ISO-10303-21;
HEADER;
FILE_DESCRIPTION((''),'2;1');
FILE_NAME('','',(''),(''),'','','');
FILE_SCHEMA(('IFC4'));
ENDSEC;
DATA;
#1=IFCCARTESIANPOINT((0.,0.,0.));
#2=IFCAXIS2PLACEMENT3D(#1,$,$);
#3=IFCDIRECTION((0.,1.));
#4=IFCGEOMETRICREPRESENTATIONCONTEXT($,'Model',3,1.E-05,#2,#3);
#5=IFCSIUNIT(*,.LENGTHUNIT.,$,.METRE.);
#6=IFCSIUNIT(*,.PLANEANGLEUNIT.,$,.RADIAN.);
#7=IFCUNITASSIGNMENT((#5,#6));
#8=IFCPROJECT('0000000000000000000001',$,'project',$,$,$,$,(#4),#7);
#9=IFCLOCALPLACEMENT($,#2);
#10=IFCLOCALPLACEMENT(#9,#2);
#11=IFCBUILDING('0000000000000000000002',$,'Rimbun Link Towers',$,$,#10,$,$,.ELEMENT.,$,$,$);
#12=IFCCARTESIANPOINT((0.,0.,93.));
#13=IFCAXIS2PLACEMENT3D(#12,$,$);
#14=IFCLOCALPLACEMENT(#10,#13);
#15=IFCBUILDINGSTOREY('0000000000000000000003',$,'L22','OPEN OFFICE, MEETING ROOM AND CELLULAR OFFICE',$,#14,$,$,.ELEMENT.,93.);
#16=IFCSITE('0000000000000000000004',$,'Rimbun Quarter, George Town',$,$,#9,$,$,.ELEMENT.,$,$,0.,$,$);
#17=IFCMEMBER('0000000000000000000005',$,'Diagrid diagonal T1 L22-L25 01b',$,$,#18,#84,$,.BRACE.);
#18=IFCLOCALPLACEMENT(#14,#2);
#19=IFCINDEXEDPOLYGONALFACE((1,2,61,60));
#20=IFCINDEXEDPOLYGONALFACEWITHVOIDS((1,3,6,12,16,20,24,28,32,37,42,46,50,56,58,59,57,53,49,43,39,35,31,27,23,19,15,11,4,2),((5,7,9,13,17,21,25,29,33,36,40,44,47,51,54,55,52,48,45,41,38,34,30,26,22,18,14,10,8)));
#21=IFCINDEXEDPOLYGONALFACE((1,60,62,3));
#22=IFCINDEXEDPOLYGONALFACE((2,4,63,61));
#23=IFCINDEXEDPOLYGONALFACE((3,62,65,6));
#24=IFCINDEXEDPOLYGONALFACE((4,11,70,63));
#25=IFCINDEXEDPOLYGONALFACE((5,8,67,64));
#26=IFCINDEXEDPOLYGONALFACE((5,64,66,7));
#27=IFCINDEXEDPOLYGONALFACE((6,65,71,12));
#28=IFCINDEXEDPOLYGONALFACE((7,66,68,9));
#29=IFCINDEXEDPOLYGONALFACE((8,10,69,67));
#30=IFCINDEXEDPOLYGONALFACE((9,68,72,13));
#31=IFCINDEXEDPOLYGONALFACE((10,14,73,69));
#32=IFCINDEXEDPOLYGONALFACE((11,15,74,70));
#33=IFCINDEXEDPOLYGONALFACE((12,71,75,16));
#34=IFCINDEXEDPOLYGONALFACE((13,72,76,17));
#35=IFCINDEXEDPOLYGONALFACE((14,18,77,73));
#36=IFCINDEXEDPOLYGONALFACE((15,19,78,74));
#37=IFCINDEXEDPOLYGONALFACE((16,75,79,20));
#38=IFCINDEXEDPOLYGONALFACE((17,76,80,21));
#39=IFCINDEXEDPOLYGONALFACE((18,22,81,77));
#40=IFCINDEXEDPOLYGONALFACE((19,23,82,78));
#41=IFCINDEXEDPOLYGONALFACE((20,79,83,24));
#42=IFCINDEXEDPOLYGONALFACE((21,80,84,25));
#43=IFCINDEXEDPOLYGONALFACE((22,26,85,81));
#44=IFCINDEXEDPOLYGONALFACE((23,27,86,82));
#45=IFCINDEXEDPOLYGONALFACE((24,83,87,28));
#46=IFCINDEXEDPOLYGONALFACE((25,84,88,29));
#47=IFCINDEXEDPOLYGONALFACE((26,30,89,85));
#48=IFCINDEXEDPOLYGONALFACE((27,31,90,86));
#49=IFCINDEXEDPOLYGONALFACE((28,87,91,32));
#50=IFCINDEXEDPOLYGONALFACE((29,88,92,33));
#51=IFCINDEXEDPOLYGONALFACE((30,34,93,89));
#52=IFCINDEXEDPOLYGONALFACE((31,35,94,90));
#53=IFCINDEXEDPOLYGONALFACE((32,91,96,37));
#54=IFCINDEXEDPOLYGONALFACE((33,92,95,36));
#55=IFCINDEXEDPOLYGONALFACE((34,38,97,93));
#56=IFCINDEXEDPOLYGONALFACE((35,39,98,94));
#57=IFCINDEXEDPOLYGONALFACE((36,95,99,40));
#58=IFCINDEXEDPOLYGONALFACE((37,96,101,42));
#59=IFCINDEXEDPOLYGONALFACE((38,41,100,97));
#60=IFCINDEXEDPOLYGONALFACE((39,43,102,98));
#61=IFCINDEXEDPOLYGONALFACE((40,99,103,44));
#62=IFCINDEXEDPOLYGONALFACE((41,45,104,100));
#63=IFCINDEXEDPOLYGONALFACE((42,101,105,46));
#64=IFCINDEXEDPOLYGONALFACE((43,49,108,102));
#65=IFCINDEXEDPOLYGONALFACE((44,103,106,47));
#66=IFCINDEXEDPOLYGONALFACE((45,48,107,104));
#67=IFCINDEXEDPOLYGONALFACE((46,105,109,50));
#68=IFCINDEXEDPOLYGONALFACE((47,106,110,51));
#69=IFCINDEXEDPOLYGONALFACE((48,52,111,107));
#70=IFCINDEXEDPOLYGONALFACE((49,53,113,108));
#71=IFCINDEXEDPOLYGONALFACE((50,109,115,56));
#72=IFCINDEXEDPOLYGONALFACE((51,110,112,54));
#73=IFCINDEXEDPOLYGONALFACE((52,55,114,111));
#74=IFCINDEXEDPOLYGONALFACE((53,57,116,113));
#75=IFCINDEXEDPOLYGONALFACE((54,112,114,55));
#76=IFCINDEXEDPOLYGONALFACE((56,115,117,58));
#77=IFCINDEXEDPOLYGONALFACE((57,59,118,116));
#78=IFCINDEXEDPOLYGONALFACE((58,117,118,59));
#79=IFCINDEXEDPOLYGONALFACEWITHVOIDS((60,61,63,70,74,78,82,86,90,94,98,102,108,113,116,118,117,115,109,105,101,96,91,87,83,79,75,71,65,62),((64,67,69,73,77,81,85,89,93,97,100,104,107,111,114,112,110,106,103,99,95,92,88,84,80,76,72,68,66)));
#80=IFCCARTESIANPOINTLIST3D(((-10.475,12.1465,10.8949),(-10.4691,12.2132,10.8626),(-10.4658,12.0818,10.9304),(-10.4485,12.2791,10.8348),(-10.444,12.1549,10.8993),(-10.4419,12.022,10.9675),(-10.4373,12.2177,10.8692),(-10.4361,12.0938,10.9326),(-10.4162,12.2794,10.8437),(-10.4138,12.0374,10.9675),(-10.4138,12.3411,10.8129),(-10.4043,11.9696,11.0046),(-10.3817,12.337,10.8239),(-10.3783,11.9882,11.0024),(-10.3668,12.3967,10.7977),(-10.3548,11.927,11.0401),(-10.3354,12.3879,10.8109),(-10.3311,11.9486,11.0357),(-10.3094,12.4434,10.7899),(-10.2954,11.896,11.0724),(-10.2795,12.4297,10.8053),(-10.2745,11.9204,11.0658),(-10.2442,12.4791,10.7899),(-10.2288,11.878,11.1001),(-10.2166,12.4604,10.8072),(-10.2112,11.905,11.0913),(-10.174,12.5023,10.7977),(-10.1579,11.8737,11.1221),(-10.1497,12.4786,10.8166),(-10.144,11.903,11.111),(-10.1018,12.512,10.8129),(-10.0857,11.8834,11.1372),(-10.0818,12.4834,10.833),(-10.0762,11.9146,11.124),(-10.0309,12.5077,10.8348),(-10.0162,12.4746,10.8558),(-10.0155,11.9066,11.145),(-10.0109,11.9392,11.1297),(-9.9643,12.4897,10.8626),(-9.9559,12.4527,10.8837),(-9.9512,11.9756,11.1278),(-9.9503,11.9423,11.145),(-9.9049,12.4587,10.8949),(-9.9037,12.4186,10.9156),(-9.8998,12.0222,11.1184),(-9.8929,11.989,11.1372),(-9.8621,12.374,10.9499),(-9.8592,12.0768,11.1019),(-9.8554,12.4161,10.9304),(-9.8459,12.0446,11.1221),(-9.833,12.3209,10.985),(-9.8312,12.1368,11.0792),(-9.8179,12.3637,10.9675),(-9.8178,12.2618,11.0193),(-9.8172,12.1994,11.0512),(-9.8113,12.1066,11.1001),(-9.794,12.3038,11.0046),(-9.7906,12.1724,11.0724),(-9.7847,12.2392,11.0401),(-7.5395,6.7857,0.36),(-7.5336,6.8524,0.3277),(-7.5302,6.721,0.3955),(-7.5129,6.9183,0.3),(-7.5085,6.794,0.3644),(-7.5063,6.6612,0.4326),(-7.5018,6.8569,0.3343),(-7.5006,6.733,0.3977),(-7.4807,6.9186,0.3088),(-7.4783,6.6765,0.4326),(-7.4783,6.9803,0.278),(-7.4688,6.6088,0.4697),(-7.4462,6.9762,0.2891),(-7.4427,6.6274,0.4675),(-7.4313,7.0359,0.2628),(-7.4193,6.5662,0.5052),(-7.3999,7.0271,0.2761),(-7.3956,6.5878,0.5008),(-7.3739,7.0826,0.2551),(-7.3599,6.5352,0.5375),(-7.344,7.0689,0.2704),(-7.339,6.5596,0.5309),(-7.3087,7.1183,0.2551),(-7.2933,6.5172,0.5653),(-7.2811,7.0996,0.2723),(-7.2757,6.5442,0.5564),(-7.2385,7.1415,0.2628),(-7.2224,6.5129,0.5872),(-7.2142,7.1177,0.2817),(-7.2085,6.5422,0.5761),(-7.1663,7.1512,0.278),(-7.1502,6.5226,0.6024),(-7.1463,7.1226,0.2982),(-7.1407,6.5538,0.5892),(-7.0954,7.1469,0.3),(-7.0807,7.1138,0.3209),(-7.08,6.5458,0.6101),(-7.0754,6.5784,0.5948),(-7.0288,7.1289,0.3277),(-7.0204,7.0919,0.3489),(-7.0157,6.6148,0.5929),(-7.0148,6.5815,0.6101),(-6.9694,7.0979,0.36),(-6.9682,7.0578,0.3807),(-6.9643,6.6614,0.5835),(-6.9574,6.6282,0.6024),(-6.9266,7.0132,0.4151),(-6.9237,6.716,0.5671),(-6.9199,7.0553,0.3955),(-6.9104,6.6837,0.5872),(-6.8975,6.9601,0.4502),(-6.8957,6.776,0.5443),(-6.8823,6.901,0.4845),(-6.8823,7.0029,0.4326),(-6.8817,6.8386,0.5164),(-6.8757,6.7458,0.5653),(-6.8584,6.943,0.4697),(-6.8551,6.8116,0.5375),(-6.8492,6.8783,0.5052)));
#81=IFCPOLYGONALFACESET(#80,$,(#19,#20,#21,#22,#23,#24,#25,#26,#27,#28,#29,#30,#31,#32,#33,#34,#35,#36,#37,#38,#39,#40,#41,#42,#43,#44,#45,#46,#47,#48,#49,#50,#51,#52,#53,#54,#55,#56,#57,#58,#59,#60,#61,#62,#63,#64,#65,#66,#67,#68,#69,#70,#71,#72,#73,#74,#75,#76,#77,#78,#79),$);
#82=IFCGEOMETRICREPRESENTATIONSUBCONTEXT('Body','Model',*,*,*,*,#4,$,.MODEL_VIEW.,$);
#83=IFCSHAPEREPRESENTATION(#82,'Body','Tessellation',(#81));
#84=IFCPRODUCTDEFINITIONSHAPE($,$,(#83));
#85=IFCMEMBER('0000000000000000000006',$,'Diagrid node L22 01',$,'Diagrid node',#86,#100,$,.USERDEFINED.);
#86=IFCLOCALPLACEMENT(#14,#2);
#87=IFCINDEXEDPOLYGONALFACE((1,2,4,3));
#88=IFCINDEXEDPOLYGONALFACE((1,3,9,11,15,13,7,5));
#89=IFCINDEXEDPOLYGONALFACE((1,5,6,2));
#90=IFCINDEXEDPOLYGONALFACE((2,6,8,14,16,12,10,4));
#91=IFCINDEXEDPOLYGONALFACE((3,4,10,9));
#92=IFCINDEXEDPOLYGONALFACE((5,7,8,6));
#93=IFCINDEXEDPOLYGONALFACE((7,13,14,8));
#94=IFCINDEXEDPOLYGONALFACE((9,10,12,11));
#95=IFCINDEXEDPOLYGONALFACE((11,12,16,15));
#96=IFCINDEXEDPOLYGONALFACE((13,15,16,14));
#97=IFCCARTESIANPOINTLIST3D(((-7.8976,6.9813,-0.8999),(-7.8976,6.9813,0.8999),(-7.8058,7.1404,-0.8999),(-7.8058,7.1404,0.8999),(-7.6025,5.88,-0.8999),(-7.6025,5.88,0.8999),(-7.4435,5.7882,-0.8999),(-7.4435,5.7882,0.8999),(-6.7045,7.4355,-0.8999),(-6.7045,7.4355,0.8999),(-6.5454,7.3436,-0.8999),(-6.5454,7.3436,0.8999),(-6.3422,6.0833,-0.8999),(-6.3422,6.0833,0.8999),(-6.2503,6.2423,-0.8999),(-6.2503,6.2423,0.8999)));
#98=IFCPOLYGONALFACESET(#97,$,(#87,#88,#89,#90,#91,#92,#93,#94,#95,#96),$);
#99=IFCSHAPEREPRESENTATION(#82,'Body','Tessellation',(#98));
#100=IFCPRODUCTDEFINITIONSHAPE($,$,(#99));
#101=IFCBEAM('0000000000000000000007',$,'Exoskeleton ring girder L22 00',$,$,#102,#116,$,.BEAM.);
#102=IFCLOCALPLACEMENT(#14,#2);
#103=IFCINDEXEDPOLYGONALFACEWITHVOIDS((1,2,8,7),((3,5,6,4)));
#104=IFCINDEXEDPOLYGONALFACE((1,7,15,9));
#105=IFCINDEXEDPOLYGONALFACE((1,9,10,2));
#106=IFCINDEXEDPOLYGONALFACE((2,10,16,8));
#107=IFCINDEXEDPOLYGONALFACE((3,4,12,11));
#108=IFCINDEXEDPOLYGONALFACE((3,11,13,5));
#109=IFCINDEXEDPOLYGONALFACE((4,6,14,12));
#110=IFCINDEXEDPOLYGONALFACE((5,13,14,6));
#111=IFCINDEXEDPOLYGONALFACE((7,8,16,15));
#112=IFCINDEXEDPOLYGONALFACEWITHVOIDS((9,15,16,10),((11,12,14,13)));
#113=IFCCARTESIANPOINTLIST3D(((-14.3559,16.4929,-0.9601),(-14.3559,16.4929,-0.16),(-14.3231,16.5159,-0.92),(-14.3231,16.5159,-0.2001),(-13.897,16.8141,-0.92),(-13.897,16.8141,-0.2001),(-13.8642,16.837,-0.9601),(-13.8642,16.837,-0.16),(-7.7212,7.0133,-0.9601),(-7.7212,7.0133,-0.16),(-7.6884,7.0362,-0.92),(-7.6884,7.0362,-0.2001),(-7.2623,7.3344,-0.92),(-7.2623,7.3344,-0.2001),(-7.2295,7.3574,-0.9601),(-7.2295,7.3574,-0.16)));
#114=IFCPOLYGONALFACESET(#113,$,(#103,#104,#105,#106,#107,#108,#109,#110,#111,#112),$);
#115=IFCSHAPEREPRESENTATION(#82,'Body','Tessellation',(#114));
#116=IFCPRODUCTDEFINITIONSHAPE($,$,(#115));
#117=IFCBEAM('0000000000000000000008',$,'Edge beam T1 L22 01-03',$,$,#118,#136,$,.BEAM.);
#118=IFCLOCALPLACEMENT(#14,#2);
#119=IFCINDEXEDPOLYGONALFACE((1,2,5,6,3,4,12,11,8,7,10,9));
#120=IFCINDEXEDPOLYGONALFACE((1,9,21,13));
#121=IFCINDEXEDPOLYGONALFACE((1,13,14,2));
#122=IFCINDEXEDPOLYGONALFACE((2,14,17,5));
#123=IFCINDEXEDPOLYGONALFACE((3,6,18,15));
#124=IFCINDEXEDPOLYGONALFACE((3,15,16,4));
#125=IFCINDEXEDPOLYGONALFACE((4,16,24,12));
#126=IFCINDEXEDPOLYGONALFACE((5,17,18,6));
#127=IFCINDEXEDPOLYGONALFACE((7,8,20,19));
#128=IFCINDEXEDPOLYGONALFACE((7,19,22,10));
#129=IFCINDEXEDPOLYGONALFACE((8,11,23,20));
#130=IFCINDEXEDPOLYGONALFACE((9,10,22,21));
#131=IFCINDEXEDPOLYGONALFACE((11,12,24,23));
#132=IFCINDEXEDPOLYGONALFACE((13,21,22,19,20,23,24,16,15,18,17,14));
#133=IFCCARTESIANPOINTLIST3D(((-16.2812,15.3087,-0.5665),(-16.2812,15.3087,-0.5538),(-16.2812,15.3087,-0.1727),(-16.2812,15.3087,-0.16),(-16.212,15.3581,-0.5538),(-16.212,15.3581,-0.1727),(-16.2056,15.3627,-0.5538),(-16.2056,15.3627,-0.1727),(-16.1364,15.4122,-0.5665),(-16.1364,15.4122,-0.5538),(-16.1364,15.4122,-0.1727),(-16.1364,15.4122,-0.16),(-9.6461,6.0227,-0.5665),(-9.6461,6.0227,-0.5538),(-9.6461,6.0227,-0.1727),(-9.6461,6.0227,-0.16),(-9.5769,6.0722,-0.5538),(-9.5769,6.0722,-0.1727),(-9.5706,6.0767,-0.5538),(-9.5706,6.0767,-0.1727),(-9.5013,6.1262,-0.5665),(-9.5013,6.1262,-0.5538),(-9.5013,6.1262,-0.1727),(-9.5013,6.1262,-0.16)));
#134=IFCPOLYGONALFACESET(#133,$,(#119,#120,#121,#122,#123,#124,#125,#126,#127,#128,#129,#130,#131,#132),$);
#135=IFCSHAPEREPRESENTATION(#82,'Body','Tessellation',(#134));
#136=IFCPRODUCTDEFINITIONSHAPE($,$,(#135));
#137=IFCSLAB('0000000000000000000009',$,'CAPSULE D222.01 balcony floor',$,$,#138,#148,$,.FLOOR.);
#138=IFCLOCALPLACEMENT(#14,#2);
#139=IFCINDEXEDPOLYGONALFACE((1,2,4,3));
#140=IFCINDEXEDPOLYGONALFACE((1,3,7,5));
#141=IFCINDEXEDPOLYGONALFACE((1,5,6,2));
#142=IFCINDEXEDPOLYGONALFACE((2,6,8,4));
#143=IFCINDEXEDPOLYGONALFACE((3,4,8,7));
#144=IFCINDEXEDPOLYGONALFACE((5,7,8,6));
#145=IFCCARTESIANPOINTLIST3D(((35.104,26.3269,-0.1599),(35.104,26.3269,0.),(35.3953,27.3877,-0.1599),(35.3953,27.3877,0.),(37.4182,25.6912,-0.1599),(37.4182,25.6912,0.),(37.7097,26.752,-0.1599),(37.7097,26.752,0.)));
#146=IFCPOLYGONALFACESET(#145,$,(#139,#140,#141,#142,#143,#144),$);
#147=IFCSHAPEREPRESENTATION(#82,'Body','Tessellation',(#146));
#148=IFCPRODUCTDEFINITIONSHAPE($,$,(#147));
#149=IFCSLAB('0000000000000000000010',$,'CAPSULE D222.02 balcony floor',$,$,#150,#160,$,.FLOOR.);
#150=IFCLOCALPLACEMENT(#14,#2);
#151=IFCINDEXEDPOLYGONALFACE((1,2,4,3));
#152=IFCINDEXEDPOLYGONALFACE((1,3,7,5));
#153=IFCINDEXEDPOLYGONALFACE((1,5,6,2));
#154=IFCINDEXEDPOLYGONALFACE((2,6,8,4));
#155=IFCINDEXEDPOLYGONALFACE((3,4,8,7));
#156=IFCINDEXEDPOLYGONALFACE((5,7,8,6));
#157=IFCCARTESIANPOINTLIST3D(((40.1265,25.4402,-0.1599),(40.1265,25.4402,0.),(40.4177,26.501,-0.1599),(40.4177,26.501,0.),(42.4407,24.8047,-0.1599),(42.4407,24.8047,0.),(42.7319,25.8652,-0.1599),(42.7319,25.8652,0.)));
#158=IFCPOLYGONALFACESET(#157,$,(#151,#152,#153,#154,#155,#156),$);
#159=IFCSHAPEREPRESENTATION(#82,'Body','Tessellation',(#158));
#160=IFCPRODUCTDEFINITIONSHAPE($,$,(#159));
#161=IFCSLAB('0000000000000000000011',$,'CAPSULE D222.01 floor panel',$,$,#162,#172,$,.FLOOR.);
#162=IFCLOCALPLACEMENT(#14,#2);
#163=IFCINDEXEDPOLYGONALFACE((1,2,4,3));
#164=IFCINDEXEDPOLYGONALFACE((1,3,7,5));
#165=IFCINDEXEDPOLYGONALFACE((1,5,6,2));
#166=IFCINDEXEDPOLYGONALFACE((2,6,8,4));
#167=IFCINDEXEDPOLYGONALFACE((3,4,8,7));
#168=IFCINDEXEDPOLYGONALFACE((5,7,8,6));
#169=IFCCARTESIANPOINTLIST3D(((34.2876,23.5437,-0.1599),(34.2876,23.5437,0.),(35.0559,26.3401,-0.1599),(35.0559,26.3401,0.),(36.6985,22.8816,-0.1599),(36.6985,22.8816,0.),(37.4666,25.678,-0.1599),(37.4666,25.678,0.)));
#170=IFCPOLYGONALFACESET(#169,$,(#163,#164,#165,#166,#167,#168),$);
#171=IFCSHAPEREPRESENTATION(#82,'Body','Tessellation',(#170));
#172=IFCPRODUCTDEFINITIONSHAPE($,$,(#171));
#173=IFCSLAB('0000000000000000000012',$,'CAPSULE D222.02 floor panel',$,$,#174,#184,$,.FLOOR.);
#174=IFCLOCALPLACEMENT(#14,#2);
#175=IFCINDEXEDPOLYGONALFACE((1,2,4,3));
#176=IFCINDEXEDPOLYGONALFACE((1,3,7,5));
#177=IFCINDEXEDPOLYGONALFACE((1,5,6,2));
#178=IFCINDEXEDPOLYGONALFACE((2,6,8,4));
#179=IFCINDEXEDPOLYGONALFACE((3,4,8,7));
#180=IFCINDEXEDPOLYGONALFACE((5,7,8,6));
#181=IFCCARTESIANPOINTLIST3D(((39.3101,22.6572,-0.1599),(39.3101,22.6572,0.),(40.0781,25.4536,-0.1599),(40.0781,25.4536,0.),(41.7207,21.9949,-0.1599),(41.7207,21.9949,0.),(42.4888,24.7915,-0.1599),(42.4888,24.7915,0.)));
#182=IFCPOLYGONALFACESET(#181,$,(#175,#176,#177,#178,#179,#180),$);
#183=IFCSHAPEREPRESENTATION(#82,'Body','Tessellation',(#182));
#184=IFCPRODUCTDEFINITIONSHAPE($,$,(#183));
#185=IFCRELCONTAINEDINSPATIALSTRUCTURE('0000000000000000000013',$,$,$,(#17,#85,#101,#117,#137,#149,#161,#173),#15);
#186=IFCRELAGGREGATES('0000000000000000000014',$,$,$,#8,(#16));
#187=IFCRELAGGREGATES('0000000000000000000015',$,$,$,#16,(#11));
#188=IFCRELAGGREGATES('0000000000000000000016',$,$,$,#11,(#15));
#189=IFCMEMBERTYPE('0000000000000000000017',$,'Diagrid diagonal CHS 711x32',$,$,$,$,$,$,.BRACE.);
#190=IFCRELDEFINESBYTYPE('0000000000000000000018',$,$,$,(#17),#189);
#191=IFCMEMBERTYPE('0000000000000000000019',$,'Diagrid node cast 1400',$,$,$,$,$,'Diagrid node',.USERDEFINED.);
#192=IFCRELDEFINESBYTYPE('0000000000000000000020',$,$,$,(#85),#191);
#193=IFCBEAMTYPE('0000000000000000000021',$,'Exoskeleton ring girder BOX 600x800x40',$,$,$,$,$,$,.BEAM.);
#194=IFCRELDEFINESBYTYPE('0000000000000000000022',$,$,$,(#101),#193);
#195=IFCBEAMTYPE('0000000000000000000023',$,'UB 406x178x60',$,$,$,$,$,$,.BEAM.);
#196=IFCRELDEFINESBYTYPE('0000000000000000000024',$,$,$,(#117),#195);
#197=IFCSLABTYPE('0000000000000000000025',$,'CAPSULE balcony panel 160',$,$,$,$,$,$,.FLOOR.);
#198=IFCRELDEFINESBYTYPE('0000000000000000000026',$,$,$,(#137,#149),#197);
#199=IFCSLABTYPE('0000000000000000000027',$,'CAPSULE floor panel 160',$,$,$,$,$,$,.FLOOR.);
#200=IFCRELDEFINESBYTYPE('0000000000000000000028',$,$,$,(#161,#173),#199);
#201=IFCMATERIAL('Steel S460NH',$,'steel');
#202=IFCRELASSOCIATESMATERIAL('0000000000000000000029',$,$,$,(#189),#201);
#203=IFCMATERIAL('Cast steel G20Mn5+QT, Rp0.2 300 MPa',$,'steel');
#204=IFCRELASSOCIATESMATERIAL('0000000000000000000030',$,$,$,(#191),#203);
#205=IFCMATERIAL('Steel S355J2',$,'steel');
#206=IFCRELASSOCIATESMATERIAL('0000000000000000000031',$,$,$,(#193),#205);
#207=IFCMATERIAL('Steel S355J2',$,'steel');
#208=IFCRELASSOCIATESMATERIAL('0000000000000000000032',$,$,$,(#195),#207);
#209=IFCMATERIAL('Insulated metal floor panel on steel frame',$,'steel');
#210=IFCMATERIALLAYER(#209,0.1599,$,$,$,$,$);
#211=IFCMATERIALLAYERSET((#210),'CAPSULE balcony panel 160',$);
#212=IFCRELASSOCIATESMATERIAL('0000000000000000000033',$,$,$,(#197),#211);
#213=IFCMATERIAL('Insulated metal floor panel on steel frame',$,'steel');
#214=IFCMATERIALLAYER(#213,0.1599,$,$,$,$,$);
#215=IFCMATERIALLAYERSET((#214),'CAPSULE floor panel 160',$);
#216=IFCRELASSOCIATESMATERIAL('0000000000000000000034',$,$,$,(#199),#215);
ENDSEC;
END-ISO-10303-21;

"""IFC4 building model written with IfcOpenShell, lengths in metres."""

from ifc_helpers import new_model, si_unit, direction, frame, origin, origin_2d, place, context, subcontext, project, spatial, polyline, hollow_rectangle, hollow_circle, i_section, outline, extrude, material, layer, layer_set, material_profile, profile_set, type_object, element, save


model = new_model("IFC4")

# Units and contexts
model_context = context("Model", 3, precision=1e-05, world=origin(), true_north=direction((0.0, 1.0)))
body_context = subcontext(model_context, "Body", "Model", "MODEL_VIEW")
ifc_project = project(units=[si_unit("LENGTHUNIT", "METRE"), si_unit("PLANEANGLEUNIT", "RADIAN")], contexts=[model_context])

# Site, building, storey
site_placement = place(None, origin())
site = spatial("IfcSite", under=ifc_project, at=site_placement, Name="Rimbun Quarter, George Town", CompositionType="ELEMENT", RefElevation=0.0)
building_placement = place(site_placement, origin())
building = spatial("IfcBuilding", under=site, at=building_placement, Name="Rimbun Link Towers", CompositionType="ELEMENT")
storey_placement = place(building_placement, frame((0.0, 0.0, 93.0)))
storey = spatial("IfcBuildingStorey", under=building, at=storey_placement, Name="L22", Description="OPEN OFFICE, MEETING ROOM AND CELLULAR OFFICE", CompositionType="ELEMENT", Elevation=93.0)

# Members
ifc_material_1 = material(Name="Steel S460NH", Category="steel")
ifc_material_profile_1 = material_profile(ifc_material_1, hollow_circle(Radius=0.3557, WallThickness=0.032, at=origin_2d()), Name="Diagrid diagonal CHS 711x32")
ifc_profile_set_1 = profile_set([ifc_material_profile_1], Name="Steel S460NH")
member_type_1 = type_object("IfcMemberType", Name="Diagrid diagonal CHS 711x32", PredefinedType="BRACE", material=ifc_profile_set_1)
member_1_placement = place(storey_placement, frame((-7.1943, 6.832, 0.4326), z_axis=(-0.241023, 0.440152, 0.86497), x_axis=(-0.877107, -0.480296, 0.0)))
element("IfcMember", 1, at=member_1_placement, inside=storey, type_object=member_type_1, Name="Diagrid diagonal T1 L22-L25 01b", PredefinedType="BRACE", context=body_context, shape_type="SweptSolid", body=[
    extrude(hollow_circle(Radius=0.3557, WallThickness=0.032, at=origin_2d()), origin(), (0.0, 0.0, 1.0), 12.1794),
])
ifc_material_2 = material(Name="Cast steel G20Mn5+QT, Rp0.2 300 MPa", Category="steel")
ifc_material_profile_2 = material_profile(ifc_material_2, outline(polyline([(0.7, -0.5701), (0.7, 0.5701), (0.5701, 0.7), (-0.5701, 0.7), (-0.7, 0.5701), (-0.7, -0.5701), (-0.5701, -0.7), (0.5701, -0.7), (0.7, -0.5701)])), Name="NODE 1400x1400")
ifc_profile_set_2 = profile_set([ifc_material_profile_2], Name="Cast steel G20Mn5+QT, Rp0.2 300 MPa")
member_type_2 = type_object("IfcMemberType", Name="Diagrid node cast 1400", ElementType="Diagrid node", PredefinedType="USERDEFINED", material=ifc_profile_set_2)
member_2_placement = place(storey_placement, frame((-7.074, 6.6118, -0.8999), z_axis=(0.0, 0.0, 1.0), x_axis=(0.965926, 0.258819, 0.0)))
element("IfcMember", 2, at=member_2_placement, inside=storey, type_object=member_type_2, Name="Diagrid node L22 01", ObjectType="Diagrid node", PredefinedType="USERDEFINED", context=body_context, shape_type="SweptSolid", body=[
    extrude(outline(polyline([(0.7, -0.5701), (0.7, 0.5701), (0.5701, 0.7), (-0.5701, 0.7), (-0.7, 0.5701), (-0.7, -0.5701), (-0.5701, -0.7), (0.5701, -0.7), (0.7, -0.5701)])), origin(), (0.0, 0.0, 1.0), 1.7998),
])

# Beams
ifc_material_3 = material(Name="Steel S355J2", Category="steel")
ifc_material_profile_3 = material_profile(ifc_material_3, hollow_rectangle(XDim=0.6001, YDim=0.8, WallThickness=0.04, at=origin_2d()), Name="Exoskeleton ring girder BOX 600x800x40")
ifc_profile_set_3 = profile_set([ifc_material_profile_3], Name="Steel S355J2")
beam_type_1 = type_object("IfcBeamType", Name="Exoskeleton ring girder BOX 600x800x40", PredefinedType="BEAM", material=ifc_profile_set_3)
beam_1_placement = place(storey_placement, frame((-7.4753, 7.1853, -0.5601), z_axis=(-0.573401, 0.819275, 0.0), x_axis=(-0.819275, -0.573401, 0.0)))
element("IfcBeam", 3, at=beam_1_placement, inside=storey, type_object=beam_type_1, Name="Exoskeleton ring girder L22 00", PredefinedType="BEAM", context=body_context, shape_type="SweptSolid", body=[
    extrude(hollow_rectangle(XDim=0.6001, YDim=0.8, WallThickness=0.04, at=origin_2d()), origin(), (0.0, 0.0, 1.0), 11.5708),
])
ifc_material_4 = material(Name="Steel S355J2", Category="steel")
ifc_material_profile_4 = material_profile(ifc_material_4, i_section(OverallWidth=0.178, OverallDepth=0.4065, WebThickness=0.0078, FlangeThickness=0.0127, at=origin_2d()), Name="UB 406x178x60")
ifc_profile_set_4 = profile_set([ifc_material_profile_4], Name="Steel S355J2")
beam_type_2 = type_object("IfcBeamType", Name="UB 406x178x60", PredefinedType="BEAM", material=ifc_profile_set_4)
beam_2_placement = place(storey_placement, frame((-9.5737, 6.0745, -0.3633), z_axis=(-0.581368, 0.813641, 0.0), x_axis=(-0.813641, -0.581368, 0.0)))
element("IfcBeam", 4, at=beam_2_placement, inside=storey, type_object=beam_type_2, Name="Edge beam T1 L22 01-03", PredefinedType="BEAM", context=body_context, shape_type="SweptSolid", body=[
    extrude(i_section(OverallWidth=0.178, OverallDepth=0.4065, WebThickness=0.0078, FlangeThickness=0.0127, at=origin_2d()), origin(), (0.0, 0.0, 1.0), 11.4128),
])

# Slabs
ifc_material_5 = material(Name="Insulated metal floor panel on steel frame", Category="steel")
ifc_layer_1 = layer(ifc_material_5, 0.1599)
ifc_layer_set_1 = layer_set([ifc_layer_1], Name="CAPSULE balcony panel 160")
slab_type_1 = type_object("IfcSlabType", Name="CAPSULE balcony panel 160", PredefinedType="FLOOR", material=ifc_layer_set_1)
slab_1_placement = place(storey_placement, frame((0.0, 0.0, -0.1599)))
element("IfcSlab", 5, at=slab_1_placement, inside=storey, type_object=slab_type_1, Name="CAPSULE D222.01 balcony floor", PredefinedType="FLOOR", context=body_context, shape_type="SweptSolid", body=[
    extrude(outline(polyline([(37.7097, 26.752), (35.3953, 27.3877), (35.104, 26.3269), (37.4182, 25.6912), (37.7097, 26.752)])), origin(), (0.0, 0.0, 1.0), 0.1599),
])
slab_2_placement = place(storey_placement, frame((0.0, 0.0, -0.1599)))
element("IfcSlab", 6, at=slab_2_placement, inside=storey, type_object=slab_type_1, Name="CAPSULE D222.02 balcony floor", PredefinedType="FLOOR", context=body_context, shape_type="SweptSolid", body=[
    extrude(outline(polyline([(42.7319, 25.8652), (40.4177, 26.501), (40.1265, 25.4402), (42.4407, 24.8047), (42.7319, 25.8652)])), origin(), (0.0, 0.0, 1.0), 0.1599),
])
ifc_material_6 = material(Name="Insulated metal floor panel on steel frame", Category="steel")
ifc_layer_2 = layer(ifc_material_6, 0.1599)
ifc_layer_set_2 = layer_set([ifc_layer_2], Name="CAPSULE floor panel 160")
slab_type_2 = type_object("IfcSlabType", Name="CAPSULE floor panel 160", PredefinedType="FLOOR", material=ifc_layer_set_2)
slab_3_placement = place(storey_placement, frame((0.0, 0.0, -0.1599)))
element("IfcSlab", 7, at=slab_3_placement, inside=storey, type_object=slab_type_2, Name="CAPSULE D222.01 floor panel", PredefinedType="FLOOR", context=body_context, shape_type="SweptSolid", body=[
    extrude(outline(polyline([(37.4666, 25.678), (35.0559, 26.3401), (34.2876, 23.5437), (36.6985, 22.8816), (37.4666, 25.678)])), origin(), (0.0, 0.0, 1.0), 0.1599),
])
slab_4_placement = place(storey_placement, frame((0.0, 0.0, -0.1599)))
element("IfcSlab", 8, at=slab_4_placement, inside=storey, type_object=slab_type_2, Name="CAPSULE D222.02 floor panel", PredefinedType="FLOOR", context=body_context, shape_type="SweptSolid", body=[
    extrude(outline(polyline([(42.4888, 24.7915), (40.0781, 25.4536), (39.3101, 22.6572), (41.7207, 21.9949), (42.4888, 24.7915)])), origin(), (0.0, 0.0, 1.0), 0.1599),
])

save(model, "model.ifc")
